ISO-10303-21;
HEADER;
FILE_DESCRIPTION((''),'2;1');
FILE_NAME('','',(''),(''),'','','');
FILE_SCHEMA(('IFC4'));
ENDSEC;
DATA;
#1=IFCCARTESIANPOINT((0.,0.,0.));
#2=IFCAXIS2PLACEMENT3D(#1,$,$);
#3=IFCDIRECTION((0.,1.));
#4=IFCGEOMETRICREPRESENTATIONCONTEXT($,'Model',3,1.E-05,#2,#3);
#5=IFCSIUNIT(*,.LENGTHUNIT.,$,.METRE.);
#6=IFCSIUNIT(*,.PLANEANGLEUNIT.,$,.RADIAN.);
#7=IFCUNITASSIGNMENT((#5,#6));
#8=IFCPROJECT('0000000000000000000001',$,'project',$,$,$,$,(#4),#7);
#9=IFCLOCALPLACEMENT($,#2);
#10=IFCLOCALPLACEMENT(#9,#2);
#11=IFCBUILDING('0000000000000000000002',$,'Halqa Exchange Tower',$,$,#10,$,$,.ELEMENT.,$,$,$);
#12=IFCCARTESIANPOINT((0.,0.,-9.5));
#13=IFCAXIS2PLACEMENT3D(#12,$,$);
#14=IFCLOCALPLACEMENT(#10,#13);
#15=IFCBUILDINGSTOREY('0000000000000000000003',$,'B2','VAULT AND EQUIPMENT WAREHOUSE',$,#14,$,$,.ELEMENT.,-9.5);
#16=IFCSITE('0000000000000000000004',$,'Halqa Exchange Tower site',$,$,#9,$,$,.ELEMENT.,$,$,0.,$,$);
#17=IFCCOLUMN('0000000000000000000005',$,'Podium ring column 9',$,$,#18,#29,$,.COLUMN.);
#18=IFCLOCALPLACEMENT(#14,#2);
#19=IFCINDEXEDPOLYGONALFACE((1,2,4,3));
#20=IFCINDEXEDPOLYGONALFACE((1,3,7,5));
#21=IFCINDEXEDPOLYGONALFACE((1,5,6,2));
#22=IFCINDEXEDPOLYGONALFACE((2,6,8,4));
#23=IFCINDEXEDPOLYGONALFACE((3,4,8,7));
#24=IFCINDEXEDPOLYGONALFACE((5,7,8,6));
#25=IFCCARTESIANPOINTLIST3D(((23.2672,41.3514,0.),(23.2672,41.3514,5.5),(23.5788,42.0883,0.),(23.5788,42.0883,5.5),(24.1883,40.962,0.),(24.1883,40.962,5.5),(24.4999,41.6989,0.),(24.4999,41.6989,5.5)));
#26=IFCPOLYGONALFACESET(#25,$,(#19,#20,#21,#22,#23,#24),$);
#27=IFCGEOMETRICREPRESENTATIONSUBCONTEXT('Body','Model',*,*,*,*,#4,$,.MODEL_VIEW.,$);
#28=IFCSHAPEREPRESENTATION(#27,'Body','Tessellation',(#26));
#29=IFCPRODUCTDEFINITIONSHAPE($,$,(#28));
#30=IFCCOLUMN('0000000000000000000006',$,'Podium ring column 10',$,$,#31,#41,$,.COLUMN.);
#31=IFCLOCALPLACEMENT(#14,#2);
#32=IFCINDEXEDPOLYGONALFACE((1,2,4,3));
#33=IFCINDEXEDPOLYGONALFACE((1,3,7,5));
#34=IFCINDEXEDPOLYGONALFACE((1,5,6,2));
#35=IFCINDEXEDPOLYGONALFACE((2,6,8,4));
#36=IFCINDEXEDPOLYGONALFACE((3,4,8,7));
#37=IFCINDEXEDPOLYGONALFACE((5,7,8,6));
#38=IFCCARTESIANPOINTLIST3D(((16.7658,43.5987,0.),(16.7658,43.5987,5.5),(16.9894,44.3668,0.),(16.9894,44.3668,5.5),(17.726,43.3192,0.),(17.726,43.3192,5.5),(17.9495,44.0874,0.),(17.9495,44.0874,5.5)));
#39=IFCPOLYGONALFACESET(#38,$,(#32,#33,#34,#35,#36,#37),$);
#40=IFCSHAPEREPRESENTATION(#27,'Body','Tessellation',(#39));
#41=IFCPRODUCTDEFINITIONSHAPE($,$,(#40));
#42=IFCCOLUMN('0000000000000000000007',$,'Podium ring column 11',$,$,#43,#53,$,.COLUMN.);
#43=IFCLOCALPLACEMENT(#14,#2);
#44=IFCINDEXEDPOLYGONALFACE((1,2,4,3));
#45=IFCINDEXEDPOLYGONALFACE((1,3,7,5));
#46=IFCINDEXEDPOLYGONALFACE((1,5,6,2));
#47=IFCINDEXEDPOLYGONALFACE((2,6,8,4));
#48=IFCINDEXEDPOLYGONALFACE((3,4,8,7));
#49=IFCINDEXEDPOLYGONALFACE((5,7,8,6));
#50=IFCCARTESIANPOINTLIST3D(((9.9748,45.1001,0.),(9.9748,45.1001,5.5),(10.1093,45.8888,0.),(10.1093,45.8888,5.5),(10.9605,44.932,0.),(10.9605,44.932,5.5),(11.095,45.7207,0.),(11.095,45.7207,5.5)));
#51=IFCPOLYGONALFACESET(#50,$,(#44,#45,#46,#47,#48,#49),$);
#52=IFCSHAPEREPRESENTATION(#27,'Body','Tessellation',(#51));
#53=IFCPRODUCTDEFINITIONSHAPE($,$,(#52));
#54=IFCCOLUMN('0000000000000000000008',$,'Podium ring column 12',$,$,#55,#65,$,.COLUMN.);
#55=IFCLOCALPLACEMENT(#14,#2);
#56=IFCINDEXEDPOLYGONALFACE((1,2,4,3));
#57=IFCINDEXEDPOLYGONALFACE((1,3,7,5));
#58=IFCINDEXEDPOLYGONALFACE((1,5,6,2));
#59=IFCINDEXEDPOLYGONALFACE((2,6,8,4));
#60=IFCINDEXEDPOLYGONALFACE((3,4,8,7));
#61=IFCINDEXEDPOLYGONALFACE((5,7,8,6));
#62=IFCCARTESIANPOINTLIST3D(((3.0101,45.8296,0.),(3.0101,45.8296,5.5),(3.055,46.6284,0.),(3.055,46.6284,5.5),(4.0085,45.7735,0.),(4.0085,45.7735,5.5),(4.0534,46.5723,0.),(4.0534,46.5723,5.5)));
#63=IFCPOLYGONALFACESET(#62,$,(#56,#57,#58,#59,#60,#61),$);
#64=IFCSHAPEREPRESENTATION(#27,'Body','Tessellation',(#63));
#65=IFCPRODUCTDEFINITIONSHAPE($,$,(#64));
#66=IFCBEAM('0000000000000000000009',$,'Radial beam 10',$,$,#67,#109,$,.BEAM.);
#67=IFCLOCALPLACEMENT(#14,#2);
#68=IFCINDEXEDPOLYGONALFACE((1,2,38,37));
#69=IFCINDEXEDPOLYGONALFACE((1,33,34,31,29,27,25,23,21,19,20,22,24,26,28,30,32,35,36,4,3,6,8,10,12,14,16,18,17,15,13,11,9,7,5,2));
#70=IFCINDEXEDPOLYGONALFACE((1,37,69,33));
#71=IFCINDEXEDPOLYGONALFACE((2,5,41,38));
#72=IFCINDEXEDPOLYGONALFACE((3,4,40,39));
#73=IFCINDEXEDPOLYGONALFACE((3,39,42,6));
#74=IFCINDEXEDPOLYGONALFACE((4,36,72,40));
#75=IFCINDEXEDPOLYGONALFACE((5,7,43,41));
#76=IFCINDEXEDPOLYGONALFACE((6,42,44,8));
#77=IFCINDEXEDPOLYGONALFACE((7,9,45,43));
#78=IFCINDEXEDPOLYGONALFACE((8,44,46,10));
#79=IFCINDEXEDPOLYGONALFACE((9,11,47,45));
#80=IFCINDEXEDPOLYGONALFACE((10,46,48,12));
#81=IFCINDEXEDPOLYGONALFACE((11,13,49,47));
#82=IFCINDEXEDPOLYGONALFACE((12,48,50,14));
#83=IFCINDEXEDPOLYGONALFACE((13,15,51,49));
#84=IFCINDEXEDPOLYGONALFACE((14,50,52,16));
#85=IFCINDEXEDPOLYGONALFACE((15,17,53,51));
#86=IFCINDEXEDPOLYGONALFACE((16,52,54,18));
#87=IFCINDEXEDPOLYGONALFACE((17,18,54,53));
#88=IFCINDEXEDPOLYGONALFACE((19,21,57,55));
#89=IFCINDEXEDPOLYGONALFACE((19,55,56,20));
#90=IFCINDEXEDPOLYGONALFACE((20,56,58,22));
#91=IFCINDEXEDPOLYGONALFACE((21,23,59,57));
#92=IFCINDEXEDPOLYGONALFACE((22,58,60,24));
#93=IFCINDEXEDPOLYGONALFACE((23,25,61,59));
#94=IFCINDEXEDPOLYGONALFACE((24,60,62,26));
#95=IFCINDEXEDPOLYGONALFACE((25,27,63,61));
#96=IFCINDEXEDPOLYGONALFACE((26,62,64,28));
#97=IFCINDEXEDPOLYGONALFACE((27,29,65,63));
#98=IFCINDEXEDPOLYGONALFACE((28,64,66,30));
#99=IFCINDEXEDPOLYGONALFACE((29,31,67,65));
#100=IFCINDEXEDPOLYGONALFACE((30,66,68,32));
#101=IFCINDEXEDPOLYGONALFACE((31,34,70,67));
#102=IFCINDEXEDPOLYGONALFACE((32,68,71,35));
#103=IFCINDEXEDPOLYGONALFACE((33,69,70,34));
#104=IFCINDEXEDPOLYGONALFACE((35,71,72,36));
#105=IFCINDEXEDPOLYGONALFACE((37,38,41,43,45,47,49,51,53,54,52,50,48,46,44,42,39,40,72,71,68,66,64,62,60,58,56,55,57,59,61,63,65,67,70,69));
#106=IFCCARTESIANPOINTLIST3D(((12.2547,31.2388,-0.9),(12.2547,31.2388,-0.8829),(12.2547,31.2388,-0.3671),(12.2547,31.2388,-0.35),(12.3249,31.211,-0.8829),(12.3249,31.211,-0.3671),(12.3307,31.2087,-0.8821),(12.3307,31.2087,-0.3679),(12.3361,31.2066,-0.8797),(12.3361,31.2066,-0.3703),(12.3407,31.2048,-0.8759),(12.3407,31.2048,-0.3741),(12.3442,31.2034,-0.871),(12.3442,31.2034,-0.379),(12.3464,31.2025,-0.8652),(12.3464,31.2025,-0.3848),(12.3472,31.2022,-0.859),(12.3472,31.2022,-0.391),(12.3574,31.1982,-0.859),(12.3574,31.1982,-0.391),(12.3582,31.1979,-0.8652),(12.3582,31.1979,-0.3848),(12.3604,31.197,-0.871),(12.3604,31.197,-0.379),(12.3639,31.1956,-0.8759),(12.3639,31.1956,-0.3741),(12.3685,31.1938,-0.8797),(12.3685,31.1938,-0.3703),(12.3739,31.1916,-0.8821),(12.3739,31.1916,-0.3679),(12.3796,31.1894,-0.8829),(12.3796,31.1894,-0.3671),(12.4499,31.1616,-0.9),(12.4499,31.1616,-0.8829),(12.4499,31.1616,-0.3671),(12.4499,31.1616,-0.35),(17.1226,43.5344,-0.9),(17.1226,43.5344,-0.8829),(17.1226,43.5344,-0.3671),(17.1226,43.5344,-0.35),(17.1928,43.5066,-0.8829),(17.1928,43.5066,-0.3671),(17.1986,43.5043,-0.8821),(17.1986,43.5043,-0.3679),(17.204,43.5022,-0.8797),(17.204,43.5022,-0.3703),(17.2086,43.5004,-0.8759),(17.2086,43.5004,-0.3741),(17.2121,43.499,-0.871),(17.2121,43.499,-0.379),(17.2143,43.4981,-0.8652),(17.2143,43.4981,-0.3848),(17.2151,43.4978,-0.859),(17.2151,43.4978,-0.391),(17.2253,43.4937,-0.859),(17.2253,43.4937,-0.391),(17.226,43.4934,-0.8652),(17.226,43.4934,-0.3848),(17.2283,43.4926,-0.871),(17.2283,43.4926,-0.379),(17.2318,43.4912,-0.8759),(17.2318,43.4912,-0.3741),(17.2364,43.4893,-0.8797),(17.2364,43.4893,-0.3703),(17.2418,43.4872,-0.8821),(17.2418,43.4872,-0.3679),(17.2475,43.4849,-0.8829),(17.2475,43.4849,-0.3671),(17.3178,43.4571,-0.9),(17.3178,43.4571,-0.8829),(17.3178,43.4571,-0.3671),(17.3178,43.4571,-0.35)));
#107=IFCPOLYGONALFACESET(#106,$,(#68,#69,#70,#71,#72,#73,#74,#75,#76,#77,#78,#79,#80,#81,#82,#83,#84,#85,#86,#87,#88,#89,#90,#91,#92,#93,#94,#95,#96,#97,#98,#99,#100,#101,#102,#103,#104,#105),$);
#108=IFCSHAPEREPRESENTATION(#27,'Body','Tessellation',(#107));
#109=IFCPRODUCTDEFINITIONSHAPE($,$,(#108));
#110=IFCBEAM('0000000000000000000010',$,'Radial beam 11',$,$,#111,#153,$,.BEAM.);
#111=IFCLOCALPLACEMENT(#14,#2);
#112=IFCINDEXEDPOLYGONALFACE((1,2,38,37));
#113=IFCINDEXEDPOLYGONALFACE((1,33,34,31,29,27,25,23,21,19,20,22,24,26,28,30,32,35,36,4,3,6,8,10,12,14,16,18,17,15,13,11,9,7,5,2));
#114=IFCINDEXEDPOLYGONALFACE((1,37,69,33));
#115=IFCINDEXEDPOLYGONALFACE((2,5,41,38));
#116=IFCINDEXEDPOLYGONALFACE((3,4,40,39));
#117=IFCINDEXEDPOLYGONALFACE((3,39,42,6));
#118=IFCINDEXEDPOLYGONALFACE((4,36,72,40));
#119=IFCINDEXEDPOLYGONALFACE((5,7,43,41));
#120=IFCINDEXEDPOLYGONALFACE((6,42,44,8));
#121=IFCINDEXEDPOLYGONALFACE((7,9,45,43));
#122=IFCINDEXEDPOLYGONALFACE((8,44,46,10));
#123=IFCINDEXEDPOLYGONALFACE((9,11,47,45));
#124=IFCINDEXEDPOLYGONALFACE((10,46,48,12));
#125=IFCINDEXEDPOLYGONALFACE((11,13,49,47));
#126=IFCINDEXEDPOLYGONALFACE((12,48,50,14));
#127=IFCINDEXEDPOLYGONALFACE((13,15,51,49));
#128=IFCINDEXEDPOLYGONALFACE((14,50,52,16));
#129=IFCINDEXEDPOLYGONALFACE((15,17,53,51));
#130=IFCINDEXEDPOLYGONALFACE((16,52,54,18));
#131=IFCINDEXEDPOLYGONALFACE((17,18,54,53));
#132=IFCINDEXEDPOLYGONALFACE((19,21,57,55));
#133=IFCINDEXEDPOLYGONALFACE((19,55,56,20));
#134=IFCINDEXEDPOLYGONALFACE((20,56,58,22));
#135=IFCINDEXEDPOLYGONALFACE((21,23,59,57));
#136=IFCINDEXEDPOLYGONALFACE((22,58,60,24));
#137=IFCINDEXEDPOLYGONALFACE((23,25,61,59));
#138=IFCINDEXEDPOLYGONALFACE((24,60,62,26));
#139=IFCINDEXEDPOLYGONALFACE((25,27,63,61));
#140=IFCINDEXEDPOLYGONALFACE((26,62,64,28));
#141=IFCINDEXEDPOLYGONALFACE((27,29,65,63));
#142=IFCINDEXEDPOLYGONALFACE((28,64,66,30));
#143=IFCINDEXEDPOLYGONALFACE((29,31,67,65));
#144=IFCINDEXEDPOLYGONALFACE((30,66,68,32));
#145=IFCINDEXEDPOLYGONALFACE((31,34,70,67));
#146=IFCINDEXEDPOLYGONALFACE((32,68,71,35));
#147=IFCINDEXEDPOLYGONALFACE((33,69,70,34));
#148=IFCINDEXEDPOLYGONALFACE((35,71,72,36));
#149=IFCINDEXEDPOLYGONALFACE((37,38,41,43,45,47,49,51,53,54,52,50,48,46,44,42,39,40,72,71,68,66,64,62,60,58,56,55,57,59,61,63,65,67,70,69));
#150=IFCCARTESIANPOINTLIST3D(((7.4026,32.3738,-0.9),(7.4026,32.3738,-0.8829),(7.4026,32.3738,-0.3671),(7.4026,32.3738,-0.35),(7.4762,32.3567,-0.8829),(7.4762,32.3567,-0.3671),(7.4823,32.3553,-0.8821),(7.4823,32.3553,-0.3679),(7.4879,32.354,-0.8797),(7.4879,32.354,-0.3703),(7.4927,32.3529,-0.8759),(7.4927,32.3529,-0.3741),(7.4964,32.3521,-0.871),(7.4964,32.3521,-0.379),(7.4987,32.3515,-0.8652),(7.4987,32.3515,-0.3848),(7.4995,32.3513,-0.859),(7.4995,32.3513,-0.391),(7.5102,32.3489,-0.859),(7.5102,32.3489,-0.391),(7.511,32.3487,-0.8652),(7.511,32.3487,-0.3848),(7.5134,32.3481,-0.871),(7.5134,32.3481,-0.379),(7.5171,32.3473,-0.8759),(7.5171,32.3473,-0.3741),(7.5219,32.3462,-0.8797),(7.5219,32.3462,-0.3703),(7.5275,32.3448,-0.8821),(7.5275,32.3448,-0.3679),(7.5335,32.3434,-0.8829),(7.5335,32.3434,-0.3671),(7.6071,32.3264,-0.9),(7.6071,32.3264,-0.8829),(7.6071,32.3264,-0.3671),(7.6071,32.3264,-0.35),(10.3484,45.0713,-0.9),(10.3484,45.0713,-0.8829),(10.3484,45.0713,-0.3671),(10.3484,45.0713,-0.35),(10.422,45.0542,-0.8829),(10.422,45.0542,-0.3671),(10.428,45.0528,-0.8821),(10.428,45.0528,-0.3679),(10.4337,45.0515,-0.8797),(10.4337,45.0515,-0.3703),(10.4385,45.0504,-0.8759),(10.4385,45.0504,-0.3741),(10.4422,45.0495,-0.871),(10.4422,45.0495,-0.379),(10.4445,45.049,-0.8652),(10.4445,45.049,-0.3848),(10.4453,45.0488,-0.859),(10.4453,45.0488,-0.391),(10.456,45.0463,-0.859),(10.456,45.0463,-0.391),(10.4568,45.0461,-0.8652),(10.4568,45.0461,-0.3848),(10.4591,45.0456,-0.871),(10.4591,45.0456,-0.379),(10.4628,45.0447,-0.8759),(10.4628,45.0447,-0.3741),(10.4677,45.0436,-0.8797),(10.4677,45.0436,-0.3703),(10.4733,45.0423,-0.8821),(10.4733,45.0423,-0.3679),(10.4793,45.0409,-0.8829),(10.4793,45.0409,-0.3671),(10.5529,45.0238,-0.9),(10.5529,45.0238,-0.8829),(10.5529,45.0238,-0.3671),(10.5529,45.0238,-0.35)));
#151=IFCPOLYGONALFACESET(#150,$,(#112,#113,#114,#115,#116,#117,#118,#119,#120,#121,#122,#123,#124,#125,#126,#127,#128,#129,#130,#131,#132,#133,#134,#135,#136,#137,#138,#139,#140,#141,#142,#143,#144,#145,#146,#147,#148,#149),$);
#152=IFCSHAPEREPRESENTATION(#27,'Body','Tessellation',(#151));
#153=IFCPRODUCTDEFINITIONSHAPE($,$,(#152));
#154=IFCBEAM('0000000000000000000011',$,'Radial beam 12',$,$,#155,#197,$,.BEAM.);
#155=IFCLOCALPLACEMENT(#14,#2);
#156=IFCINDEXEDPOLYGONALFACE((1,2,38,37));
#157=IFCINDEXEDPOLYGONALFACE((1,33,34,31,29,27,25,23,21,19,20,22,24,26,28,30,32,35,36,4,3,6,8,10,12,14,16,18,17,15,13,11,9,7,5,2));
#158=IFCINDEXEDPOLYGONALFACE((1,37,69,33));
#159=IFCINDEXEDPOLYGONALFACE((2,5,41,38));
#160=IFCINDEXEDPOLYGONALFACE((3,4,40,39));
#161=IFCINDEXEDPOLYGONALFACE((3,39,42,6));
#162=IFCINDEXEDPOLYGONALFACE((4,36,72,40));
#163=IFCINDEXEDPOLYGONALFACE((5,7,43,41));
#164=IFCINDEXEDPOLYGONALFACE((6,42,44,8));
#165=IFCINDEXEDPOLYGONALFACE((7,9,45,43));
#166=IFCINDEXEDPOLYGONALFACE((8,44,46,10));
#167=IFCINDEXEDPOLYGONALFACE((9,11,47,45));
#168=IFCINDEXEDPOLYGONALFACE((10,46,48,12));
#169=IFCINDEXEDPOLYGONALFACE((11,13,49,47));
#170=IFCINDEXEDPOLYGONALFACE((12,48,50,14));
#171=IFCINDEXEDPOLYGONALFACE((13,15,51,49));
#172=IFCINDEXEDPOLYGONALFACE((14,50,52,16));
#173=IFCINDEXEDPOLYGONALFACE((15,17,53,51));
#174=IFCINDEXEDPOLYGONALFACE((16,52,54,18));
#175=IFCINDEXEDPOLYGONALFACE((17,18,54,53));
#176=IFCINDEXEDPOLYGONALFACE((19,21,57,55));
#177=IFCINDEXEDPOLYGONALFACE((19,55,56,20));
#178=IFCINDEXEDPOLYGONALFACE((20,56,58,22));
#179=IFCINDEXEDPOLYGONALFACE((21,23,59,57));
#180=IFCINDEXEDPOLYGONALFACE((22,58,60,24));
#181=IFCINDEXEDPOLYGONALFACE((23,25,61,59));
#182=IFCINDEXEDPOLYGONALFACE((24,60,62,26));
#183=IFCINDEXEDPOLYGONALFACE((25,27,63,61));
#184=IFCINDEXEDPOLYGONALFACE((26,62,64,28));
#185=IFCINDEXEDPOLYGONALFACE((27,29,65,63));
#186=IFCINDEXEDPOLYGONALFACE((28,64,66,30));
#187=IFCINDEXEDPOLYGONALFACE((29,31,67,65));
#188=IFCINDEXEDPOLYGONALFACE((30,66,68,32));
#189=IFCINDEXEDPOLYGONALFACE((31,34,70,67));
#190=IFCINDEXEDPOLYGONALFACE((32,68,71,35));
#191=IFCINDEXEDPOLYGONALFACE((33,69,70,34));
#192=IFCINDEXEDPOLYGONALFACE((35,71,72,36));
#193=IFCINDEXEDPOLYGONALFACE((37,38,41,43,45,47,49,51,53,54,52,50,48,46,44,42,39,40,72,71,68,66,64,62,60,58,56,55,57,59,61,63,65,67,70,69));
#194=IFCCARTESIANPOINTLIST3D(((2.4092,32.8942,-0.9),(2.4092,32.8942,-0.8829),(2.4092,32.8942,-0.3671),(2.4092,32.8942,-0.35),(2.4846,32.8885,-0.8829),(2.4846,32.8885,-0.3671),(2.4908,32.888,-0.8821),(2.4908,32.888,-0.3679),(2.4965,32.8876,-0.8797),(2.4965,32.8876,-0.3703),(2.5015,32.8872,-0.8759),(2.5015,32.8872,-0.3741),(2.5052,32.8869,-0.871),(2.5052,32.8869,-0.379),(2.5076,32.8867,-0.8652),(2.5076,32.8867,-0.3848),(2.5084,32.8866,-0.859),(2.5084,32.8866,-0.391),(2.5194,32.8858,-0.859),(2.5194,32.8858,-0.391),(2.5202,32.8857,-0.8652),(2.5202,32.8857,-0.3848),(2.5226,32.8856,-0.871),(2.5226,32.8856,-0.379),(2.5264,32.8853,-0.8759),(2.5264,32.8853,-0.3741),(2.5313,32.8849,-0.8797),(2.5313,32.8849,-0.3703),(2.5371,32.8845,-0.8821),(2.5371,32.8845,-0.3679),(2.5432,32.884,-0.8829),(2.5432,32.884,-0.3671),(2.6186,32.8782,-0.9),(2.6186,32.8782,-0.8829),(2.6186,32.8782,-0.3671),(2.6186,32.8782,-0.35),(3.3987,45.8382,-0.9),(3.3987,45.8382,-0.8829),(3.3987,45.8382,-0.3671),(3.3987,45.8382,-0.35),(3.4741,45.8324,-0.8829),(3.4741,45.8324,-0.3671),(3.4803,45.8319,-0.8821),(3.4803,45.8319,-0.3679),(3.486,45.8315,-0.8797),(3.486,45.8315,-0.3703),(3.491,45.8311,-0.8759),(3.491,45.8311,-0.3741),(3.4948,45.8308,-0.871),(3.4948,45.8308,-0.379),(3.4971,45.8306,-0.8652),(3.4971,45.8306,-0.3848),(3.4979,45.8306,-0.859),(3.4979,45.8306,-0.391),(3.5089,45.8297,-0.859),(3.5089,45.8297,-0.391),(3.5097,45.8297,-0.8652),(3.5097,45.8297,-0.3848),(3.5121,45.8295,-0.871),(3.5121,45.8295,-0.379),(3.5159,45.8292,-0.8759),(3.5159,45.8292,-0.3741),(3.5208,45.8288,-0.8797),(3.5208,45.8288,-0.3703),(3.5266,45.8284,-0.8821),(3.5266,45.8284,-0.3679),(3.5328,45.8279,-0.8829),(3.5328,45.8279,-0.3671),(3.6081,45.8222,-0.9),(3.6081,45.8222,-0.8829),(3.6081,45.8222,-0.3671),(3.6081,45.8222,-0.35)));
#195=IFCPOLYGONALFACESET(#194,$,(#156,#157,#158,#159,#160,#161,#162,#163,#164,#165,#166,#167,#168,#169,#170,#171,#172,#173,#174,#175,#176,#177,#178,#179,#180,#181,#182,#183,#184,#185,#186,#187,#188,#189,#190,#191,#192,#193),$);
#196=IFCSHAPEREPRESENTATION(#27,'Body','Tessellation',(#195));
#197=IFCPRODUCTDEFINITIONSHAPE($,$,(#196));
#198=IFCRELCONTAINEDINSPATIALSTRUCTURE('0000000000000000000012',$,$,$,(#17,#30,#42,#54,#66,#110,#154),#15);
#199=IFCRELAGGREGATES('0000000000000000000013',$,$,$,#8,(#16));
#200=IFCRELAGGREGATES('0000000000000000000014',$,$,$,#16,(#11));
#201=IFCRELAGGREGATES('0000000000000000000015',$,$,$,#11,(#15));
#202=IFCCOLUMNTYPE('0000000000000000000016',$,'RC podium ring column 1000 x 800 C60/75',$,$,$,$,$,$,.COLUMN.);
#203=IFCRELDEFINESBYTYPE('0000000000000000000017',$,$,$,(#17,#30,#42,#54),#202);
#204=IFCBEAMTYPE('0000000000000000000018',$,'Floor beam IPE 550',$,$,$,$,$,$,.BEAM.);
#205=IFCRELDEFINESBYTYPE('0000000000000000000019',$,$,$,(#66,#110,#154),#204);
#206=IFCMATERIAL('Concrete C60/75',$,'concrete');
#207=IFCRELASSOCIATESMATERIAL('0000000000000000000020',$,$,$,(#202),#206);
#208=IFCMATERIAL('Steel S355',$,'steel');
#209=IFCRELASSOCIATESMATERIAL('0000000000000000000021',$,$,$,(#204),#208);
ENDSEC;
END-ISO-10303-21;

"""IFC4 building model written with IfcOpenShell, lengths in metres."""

from ifc_helpers import new_model, si_unit, direction, frame, origin, origin_2d, place, context, subcontext, project, spatial, rectangle, i_section, extrude, material, material_profile, profile_set, type_object, element, save


model = new_model("IFC4")

# Units and contexts
model_context = context("Model", 3, precision=1e-05, world=origin(), true_north=direction((0.0, 1.0)))
body_context = subcontext(model_context, "Body", "Model", "MODEL_VIEW")
ifc_project = project(units=[si_unit("LENGTHUNIT", "METRE"), si_unit("PLANEANGLEUNIT", "RADIAN")], contexts=[model_context])

# Site, building, storey
site_placement = place(None, origin())
site = spatial("IfcSite", under=ifc_project, at=site_placement, Name="Halqa Exchange Tower site", CompositionType="ELEMENT", RefElevation=0.0)
building_placement = place(site_placement, origin())
building = spatial("IfcBuilding", under=site, at=building_placement, Name="Halqa Exchange Tower", CompositionType="ELEMENT")
storey_placement = place(building_placement, frame((0.0, 0.0, -9.5)))
storey = spatial("IfcBuildingStorey", under=building, at=storey_placement, Name="B2", Description="VAULT AND EQUIPMENT WAREHOUSE", CompositionType="ELEMENT", Elevation=-9.5)

# Columns
ifc_material_1 = material(Name="Concrete C60/75", Category="concrete")
ifc_material_profile_1 = material_profile(ifc_material_1, rectangle(XDim=1.0, YDim=0.8, at=origin_2d()), Name="1000 x 800")
ifc_profile_set_1 = profile_set([ifc_material_profile_1], Name="Concrete C60/75")
column_type = type_object("IfcColumnType", Name="RC podium ring column 1000 x 800 C60/75", PredefinedType="COLUMN", material=ifc_profile_set_1)
for number, where, z_axis, x_axis, name in (
    (1, (23.8835, 41.5251, 0.0), (0.0, 0.0, 1.0), (-0.921048, 0.389449, 0.0), "Podium ring column 9"),
    (2, (17.3577, 43.843, 0.0), (0.0, 0.0, 1.0), (-0.960158, 0.279459, 0.0), "Podium ring column 10"),
    (3, (10.5349, 45.4104, 0.0), (0.0, 0.0, 1.0), (-0.985766, 0.168121, 0.0), "Podium ring column 11"),
    (4, (3.5317, 46.2009, 0.0), (0.0, 0.0, 1.0), (-0.998425, 0.056107, 0.0), "Podium ring column 12"),
):
    element("IfcColumn", number, at=place(storey_placement, frame(where, z_axis=z_axis, x_axis=x_axis)), inside=storey, type_object=column_type, Name=name, PredefinedType="COLUMN", context=body_context, shape_type="SweptSolid", body=[
        extrude(rectangle(XDim=1.0, YDim=0.8, at=origin_2d()), origin(), (0.0, 0.0, 1.0), 5.5),
    ])

# Beams
ifc_material_2 = material(Name="Steel S355", Category="steel")
ifc_material_profile_2 = material_profile(ifc_material_2, i_section(OverallWidth=0.21, OverallDepth=0.55, WebThickness=0.011, FlangeThickness=0.0171, FilletRadius=0.0239, at=origin_2d()), Name="IPE 550")
ifc_profile_set_2 = profile_set([ifc_material_profile_2], Name="Steel S355")
beam_type_1 = type_object("IfcBeamType", Name="Floor beam IPE 550", PredefinedType="BEAM", material=ifc_profile_set_2)
beam_1_placement = place(storey_placement, frame((12.3523, 31.2002, -0.625), z_axis=(0.368107, 0.929784, 0.0), x_axis=(-0.929784, 0.368107, 0.0)))
element("IfcBeam", 5, at=beam_1_placement, inside=storey, type_object=beam_type_1, Name="Radial beam 10", PredefinedType="BEAM", context=body_context, shape_type="SweptSolid", body=[
    extrude(i_section(OverallWidth=0.21, OverallDepth=0.55, WebThickness=0.011, FlangeThickness=0.0171, FilletRadius=0.0239, at=origin_2d()), origin(), (0.0, 0.0, 1.0), 13.2241),
])
beam_2_placement = place(storey_placement, frame((7.5049, 32.3501, -0.625), z_axis=(0.225996, 0.974128, 0.0), x_axis=(-0.974128, 0.225996, 0.0)))
element("IfcBeam", 6, at=beam_2_placement, inside=storey, type_object=beam_type_1, Name="Radial beam 11", PredefinedType="BEAM", context=body_context, shape_type="SweptSolid", body=[
    extrude(i_section(OverallWidth=0.21, OverallDepth=0.55, WebThickness=0.011, FlangeThickness=0.0171, FilletRadius=0.0239, at=origin_2d()), origin(), (0.0, 0.0, 1.0), 13.0347),
])
beam_3_placement = place(storey_placement, frame((2.5139, 32.8862, -0.625), z_axis=(0.076223, 0.997091, 0.0), x_axis=(-0.997091, 0.076223, 0.0)))
element("IfcBeam", 7, at=beam_3_placement, inside=storey, type_object=beam_type_1, Name="Radial beam 12", PredefinedType="BEAM", context=body_context, shape_type="SweptSolid", body=[
    extrude(i_section(OverallWidth=0.21, OverallDepth=0.55, WebThickness=0.011, FlangeThickness=0.0171, FilletRadius=0.0239, at=origin_2d()), origin(), (0.0, 0.0, 1.0), 12.9817),
])

save(model, "model.ifc")
